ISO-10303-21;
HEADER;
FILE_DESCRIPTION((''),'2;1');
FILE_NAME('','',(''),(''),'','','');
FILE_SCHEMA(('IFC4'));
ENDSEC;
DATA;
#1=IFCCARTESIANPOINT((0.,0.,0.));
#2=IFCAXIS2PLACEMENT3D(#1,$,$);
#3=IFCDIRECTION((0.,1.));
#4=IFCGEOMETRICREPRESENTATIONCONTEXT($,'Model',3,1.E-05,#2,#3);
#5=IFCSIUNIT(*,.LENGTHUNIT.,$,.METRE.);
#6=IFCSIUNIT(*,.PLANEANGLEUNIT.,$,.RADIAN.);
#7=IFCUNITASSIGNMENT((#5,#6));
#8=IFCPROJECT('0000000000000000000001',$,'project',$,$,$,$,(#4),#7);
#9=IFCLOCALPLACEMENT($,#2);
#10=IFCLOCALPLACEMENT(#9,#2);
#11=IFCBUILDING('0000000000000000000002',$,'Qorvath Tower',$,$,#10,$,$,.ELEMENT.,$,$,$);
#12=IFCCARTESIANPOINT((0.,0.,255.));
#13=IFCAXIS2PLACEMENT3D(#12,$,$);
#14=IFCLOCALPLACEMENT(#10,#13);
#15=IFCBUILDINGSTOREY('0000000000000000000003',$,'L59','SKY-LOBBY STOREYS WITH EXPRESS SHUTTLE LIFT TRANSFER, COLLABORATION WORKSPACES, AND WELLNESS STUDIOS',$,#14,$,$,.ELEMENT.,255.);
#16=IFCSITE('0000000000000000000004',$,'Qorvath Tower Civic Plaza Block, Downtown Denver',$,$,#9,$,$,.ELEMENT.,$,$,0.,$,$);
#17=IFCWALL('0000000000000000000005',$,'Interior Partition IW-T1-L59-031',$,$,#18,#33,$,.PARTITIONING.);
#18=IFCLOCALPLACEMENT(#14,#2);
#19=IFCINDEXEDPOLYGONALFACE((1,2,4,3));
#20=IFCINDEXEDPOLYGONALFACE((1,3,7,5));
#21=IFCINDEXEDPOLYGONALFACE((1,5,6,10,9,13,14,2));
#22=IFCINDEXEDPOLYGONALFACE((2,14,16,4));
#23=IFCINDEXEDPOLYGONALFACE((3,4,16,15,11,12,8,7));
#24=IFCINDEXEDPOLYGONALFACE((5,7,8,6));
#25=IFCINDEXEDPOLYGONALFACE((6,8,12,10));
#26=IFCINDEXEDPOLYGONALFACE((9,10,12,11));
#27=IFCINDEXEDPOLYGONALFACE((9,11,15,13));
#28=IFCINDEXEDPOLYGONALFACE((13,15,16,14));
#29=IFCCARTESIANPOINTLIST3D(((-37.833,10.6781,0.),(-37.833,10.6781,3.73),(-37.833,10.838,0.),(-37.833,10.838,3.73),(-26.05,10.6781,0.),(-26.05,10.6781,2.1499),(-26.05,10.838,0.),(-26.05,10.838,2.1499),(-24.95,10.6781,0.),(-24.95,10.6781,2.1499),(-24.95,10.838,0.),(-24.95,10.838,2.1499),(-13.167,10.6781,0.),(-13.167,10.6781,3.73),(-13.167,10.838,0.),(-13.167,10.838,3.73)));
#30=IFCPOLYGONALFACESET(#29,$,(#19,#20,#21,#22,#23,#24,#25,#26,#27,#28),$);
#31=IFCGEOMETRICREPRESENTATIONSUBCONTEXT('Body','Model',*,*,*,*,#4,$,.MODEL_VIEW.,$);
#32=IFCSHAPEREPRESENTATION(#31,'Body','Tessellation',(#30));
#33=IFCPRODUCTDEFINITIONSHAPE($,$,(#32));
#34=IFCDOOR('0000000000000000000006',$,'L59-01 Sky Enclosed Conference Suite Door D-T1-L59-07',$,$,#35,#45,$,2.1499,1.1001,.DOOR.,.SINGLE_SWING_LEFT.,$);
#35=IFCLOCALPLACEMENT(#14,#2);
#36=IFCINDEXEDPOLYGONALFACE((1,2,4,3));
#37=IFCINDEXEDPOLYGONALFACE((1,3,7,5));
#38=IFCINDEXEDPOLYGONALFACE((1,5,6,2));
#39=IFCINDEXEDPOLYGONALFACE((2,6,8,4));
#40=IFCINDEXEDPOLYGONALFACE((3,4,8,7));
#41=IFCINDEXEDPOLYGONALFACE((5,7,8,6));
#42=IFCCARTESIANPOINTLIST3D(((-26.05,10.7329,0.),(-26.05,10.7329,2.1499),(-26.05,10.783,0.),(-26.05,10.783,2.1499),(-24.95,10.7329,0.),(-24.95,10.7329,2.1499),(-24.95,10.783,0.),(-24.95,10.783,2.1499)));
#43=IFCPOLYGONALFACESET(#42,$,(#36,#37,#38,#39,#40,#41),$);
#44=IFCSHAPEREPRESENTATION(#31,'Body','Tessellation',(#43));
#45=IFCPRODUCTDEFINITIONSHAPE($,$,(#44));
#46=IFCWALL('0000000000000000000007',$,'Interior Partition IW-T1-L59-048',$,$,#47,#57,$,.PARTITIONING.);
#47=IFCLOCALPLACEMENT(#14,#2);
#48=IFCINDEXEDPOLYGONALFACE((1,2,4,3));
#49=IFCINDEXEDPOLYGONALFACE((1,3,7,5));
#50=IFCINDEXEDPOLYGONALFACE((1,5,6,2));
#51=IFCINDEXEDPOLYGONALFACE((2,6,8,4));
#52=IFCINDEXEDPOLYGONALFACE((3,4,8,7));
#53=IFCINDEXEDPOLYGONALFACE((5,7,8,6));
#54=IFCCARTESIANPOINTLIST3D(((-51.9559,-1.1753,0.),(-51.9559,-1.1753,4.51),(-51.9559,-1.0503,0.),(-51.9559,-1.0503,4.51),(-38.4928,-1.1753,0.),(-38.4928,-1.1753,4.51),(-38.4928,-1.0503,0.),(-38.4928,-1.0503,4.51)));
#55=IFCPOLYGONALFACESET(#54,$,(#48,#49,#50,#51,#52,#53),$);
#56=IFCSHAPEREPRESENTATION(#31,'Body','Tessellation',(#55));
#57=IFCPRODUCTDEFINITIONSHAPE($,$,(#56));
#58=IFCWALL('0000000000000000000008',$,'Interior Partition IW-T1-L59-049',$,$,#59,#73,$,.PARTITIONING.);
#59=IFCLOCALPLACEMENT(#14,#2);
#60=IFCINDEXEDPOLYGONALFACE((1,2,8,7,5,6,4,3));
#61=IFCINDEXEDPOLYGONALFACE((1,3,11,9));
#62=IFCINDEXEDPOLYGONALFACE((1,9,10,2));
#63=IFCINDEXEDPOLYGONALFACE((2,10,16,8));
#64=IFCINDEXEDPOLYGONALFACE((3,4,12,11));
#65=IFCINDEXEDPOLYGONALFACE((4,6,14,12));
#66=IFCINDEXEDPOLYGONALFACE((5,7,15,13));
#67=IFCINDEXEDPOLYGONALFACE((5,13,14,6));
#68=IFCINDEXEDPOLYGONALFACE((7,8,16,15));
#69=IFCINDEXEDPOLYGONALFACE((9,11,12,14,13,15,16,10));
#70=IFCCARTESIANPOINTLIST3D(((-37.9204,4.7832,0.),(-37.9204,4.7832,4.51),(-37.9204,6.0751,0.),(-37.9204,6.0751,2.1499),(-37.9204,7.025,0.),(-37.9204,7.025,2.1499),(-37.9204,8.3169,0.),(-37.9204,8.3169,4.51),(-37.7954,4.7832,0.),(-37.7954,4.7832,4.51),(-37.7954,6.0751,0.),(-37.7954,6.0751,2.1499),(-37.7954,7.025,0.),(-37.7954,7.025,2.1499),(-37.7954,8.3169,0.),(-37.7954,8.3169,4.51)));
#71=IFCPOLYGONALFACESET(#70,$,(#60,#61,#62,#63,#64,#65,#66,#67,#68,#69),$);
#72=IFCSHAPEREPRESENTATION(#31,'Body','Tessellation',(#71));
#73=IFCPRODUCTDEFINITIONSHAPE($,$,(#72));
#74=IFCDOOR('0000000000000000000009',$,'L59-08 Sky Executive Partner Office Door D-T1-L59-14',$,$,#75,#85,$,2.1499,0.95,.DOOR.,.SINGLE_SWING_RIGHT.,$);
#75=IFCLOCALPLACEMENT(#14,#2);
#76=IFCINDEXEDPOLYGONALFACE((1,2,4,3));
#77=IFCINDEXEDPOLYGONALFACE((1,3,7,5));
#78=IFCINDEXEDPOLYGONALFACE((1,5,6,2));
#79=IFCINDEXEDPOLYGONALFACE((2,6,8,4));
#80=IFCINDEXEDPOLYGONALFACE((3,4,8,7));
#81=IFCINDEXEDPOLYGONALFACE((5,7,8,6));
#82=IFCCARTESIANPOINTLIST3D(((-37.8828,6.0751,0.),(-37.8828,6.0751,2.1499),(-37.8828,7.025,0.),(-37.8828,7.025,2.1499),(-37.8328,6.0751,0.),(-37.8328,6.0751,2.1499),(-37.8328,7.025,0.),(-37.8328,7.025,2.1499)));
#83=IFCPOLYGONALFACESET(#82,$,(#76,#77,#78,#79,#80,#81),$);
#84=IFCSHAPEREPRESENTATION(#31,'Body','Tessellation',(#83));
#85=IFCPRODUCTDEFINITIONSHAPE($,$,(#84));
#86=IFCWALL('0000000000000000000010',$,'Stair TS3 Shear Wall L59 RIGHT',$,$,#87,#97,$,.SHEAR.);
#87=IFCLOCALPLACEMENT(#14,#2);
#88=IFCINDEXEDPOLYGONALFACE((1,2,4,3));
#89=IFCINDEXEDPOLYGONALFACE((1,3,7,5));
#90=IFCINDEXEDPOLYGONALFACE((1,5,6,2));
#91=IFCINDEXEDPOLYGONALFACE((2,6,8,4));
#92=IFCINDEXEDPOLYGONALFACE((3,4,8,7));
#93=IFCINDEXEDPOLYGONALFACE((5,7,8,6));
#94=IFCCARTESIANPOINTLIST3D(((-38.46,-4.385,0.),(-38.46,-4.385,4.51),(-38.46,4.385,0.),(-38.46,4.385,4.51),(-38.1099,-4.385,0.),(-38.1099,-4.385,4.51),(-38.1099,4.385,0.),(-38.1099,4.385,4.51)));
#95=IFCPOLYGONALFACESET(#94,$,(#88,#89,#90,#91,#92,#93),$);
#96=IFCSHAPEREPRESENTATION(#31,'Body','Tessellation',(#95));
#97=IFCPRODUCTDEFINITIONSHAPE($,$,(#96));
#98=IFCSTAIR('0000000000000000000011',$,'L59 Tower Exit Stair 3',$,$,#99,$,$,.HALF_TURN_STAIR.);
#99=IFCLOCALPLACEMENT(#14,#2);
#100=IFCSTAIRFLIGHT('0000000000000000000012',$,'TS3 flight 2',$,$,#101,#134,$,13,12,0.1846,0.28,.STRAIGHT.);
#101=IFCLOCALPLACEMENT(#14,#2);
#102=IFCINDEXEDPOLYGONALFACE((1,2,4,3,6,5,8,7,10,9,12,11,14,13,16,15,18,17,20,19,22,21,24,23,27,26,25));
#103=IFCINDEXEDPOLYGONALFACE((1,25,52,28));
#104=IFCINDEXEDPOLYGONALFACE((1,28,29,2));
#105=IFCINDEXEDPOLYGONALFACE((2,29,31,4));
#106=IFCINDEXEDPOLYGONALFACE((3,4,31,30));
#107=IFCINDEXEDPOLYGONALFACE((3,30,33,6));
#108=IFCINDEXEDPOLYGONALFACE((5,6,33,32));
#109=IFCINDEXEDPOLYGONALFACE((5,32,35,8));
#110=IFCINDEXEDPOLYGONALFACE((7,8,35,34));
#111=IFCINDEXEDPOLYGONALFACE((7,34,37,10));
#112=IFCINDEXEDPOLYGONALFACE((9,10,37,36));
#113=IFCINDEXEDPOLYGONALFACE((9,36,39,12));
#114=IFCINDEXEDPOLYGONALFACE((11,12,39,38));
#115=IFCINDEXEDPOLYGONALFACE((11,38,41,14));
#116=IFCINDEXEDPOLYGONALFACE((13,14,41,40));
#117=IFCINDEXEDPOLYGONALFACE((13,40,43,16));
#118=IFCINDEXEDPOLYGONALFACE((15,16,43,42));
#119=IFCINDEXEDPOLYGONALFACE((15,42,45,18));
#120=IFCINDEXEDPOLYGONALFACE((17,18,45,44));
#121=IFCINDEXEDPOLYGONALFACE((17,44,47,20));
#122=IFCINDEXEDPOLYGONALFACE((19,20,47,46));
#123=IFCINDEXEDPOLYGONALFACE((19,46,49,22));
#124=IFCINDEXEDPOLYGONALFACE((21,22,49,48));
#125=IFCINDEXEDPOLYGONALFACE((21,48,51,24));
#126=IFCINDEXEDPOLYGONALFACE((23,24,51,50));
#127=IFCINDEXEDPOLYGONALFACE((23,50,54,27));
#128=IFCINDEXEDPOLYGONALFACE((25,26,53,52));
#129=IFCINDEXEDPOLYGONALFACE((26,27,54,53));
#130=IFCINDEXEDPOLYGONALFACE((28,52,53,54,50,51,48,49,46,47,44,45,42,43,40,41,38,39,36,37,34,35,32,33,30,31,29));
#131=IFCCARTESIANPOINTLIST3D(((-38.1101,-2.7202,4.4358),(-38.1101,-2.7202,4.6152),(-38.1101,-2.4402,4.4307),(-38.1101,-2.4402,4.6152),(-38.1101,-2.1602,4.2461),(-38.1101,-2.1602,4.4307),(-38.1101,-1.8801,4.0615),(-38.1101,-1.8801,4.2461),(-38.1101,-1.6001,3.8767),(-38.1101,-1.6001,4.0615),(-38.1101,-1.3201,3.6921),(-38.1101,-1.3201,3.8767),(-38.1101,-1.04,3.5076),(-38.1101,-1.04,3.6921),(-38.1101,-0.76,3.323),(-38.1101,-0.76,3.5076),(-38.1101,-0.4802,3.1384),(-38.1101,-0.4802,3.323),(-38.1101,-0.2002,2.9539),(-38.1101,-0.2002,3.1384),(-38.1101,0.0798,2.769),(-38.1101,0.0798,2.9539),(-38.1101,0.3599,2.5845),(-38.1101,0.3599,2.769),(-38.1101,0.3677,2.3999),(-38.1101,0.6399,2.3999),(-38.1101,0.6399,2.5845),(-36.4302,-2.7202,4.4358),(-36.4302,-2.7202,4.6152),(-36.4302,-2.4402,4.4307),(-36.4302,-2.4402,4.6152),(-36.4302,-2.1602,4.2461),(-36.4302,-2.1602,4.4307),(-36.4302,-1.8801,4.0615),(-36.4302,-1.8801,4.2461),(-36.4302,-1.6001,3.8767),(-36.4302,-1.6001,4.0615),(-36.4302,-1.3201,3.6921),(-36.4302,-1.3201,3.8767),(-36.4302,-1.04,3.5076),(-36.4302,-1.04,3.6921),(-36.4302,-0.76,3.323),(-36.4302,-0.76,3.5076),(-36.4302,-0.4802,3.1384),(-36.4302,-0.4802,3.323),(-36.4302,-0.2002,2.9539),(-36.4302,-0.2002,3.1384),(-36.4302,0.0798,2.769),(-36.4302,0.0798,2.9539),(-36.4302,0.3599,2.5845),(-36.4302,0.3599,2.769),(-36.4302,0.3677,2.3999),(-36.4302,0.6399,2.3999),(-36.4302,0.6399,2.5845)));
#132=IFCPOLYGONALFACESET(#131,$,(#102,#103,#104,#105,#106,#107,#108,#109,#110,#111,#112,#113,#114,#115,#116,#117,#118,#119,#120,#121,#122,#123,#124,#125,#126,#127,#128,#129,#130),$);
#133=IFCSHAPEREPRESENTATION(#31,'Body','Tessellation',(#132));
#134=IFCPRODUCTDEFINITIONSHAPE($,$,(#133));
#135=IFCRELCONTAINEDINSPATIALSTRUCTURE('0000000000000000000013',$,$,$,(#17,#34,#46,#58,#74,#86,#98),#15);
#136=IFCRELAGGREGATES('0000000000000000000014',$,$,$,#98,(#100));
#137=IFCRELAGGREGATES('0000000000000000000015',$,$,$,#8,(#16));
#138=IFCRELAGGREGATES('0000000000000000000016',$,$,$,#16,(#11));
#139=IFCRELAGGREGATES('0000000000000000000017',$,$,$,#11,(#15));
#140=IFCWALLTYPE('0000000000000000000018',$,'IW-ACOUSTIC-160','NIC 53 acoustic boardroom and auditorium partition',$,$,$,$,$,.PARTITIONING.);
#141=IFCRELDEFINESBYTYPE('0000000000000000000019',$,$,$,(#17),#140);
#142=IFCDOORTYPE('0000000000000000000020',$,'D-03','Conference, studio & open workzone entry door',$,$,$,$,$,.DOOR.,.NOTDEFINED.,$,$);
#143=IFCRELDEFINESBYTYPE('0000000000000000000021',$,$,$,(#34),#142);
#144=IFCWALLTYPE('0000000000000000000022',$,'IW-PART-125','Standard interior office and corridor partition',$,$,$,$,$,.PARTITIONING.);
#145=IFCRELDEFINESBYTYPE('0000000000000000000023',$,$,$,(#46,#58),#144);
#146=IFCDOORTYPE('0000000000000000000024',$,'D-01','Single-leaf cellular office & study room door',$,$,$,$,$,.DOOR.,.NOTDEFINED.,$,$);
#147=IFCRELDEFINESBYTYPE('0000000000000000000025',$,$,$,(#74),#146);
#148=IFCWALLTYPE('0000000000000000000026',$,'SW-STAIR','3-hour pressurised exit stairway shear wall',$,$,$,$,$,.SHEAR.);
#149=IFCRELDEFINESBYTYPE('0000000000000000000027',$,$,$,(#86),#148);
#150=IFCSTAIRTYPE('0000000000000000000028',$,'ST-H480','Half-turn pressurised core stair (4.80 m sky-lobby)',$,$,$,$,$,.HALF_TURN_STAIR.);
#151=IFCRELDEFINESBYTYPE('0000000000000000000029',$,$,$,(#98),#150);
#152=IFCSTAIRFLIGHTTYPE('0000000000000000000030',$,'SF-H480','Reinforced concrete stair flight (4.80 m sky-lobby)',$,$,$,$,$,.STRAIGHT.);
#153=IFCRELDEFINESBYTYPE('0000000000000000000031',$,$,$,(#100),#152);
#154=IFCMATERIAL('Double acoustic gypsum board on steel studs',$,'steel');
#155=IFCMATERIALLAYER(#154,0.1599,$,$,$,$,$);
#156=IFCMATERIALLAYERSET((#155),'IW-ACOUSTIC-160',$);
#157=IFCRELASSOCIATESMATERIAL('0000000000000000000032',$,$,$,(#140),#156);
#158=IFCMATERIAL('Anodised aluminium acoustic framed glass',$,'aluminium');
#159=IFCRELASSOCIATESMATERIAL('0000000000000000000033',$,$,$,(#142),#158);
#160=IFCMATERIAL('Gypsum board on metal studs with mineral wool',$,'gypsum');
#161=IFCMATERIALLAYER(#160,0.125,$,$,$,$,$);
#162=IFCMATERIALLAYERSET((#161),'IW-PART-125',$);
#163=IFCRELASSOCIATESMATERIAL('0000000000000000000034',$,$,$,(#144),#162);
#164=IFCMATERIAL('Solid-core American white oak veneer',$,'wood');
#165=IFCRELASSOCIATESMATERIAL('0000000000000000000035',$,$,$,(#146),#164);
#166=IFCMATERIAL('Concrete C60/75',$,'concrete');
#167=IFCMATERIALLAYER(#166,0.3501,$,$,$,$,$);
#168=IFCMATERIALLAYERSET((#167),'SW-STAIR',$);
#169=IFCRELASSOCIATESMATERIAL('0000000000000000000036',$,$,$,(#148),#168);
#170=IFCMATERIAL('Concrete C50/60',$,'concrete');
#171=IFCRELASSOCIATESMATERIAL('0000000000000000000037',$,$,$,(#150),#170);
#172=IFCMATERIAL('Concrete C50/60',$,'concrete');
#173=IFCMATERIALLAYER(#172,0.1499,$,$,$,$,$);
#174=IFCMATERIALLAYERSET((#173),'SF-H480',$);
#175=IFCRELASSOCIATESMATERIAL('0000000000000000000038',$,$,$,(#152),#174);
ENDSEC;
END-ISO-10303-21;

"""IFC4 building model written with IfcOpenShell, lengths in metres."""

from ifc_helpers import new_model, si_unit, direction, frame, frame_2d, origin, place, context, subcontext, project, spatial, polyline, rectangle, outline, extrude, material, layer, layer_set, type_object, element, fill, aggregate, save


model = new_model("IFC4")

# Units and contexts
model_context = context("Model", 3, precision=1e-05, world=origin(), true_north=direction((0.0, 1.0)))
body_context = subcontext(model_context, "Body", "Model", "MODEL_VIEW")
ifc_project = project(units=[si_unit("LENGTHUNIT", "METRE"), si_unit("PLANEANGLEUNIT", "RADIAN")], contexts=[model_context])

# Site, building, storey
site_placement = place(None, origin())
site = spatial("IfcSite", under=ifc_project, at=site_placement, Name="Qorvath Tower Civic Plaza Block, Downtown Denver", CompositionType="ELEMENT", RefElevation=0.0)
building_placement = place(site_placement, origin())
building = spatial("IfcBuilding", under=site, at=building_placement, Name="Qorvath Tower", CompositionType="ELEMENT")
storey_placement = place(building_placement, frame((0.0, 0.0, 255.0)))
storey = spatial("IfcBuildingStorey", under=building, at=storey_placement, Name="L59", Description="SKY-LOBBY STOREYS WITH EXPRESS SHUTTLE LIFT TRANSFER, COLLABORATION WORKSPACES, AND WELLNESS STUDIOS", CompositionType="ELEMENT", Elevation=255.0)

# Shared definitions
ifc_material_1 = material(Name="Double acoustic gypsum board on steel studs", Category="steel")
ifc_layer_1 = layer(ifc_material_1, 0.1599)
ifc_layer_set_1 = layer_set([ifc_layer_1], Name="IW-ACOUSTIC-160")
wall_type_1 = type_object("IfcWallType", Name="IW-ACOUSTIC-160", Description="NIC 53 acoustic boardroom and auditorium partition", PredefinedType="PARTITIONING", material=ifc_layer_set_1)

# Wall, opening, door
wall_1_placement = place(storey_placement, frame((-37.833, 10.7581, 0.0), z_axis=(0.0, 0.0, 1.0), x_axis=(1.0, 0.0, 0.0)))
wall_1 = element("IfcWall", 1, at=wall_1_placement, inside=storey, type_object=wall_type_1, Name="Interior Partition IW-T1-L59-031", PredefinedType="PARTITIONING", context=body_context, shape_type="SweptSolid", body=[
    extrude(rectangle(XDim=24.666, YDim=0.1599, at=frame_2d((12.333, 0.0))), origin(), (0.0, 0.0, 1.0), 3.73),
])
opening_1_placement = place(wall_1_placement, frame((11.783, 0.0, 0.0)))
opening_1 = element("IfcOpeningElement", 2, at=opening_1_placement, cuts=wall_1, PredefinedType="OPENING", context=body_context, shape_type="SweptSolid", body=[
    extrude(rectangle(XDim=1.1001, YDim=2.1499, at=frame_2d((0.55, 1.075))), frame((0.0, 0.0898, 0.0), z_axis=(0.0, -1.0, 0.0), x_axis=(1.0, 0.0, 0.0)), (0.0, 0.0, 1.0), 0.1799),
])
ifc_material_2 = material(Name="Anodised aluminium acoustic framed glass", Category="aluminium")
door_type_1 = type_object("IfcDoorType", Name="D-03", Description="Conference, studio & open workzone entry door", OperationType="NOTDEFINED", PredefinedType="DOOR", material=ifc_material_2)
door_1_placement = place(opening_1_placement, origin())
door_1 = element("IfcDoor", 3, at=door_1_placement, inside=storey, type_object=door_type_1, Name="L59-01 Sky Enclosed Conference Suite Door D-T1-L59-07", OperationType="SINGLE_SWING_LEFT", OverallHeight=2.1499, OverallWidth=1.1001, PredefinedType="DOOR", context=body_context, shape_type="SweptSolid", body=[
    extrude(rectangle(XDim=1.1001, YDim=2.1499, at=frame_2d((0.55, 1.075))), frame((0.0, 0.0249, 0.0), z_axis=(0.0, -1.0, 0.0), x_axis=(1.0, 0.0, 0.0)), (0.0, 0.0, 1.0), 0.05),
])
fill(opening_1, door_1)

# Wall
ifc_material_3 = material(Name="Gypsum board on metal studs with mineral wool", Category="gypsum")
ifc_layer_2 = layer(ifc_material_3, 0.125)
ifc_layer_set_2 = layer_set([ifc_layer_2], Name="IW-PART-125")
wall_type_2 = type_object("IfcWallType", Name="IW-PART-125", Description="Standard interior office and corridor partition", PredefinedType="PARTITIONING", material=ifc_layer_set_2)
wall_2_placement = place(storey_placement, frame((-38.4929, -1.1128, 0.0), z_axis=(0.0, 0.0, 1.0), x_axis=(-1.0, 0.0, 0.0)))
element("IfcWall", 4, at=wall_2_placement, inside=storey, type_object=wall_type_2, Name="Interior Partition IW-T1-L59-048", PredefinedType="PARTITIONING", context=body_context, shape_type="SweptSolid", body=[
    extrude(rectangle(XDim=13.4631, YDim=0.125, at=frame_2d((6.7314, 0.0))), origin(), (0.0, 0.0, 1.0), 4.51),
])

# Wall, opening, door
wall_3_placement = place(storey_placement, frame((-37.8579, 4.7832, 0.0), z_axis=(0.0, 0.0, 1.0), x_axis=(0.0, 1.0, 0.0)))
wall_3 = element("IfcWall", 5, at=wall_3_placement, inside=storey, type_object=wall_type_2, Name="Interior Partition IW-T1-L59-049", PredefinedType="PARTITIONING", context=body_context, shape_type="SweptSolid", body=[
    extrude(rectangle(XDim=3.5337, YDim=0.125, at=frame_2d((1.7668, 0.0))), origin(), (0.0, 0.0, 1.0), 4.51),
])
opening_2_placement = place(wall_3_placement, frame((1.2917, 0.0, 0.0)))
opening_2 = element("IfcOpeningElement", 6, at=opening_2_placement, cuts=wall_3, PredefinedType="OPENING", context=body_context, shape_type="SweptSolid", body=[
    extrude(rectangle(XDim=0.95, YDim=2.1499, at=frame_2d((0.4751, 1.075))), frame((0.0, 0.0725, 0.0), z_axis=(0.0, -1.0, 0.0), x_axis=(1.0, 0.0, 0.0)), (0.0, 0.0, 1.0), 0.145),
])
ifc_material_4 = material(Name="Solid-core American white oak veneer", Category="wood")
door_type_2 = type_object("IfcDoorType", Name="D-01", Description="Single-leaf cellular office & study room door", OperationType="NOTDEFINED", PredefinedType="DOOR", material=ifc_material_4)
door_2_placement = place(opening_2_placement, origin())
door_2 = element("IfcDoor", 7, at=door_2_placement, inside=storey, type_object=door_type_2, Name="L59-08 Sky Executive Partner Office Door D-T1-L59-14", OperationType="SINGLE_SWING_RIGHT", OverallHeight=2.1499, OverallWidth=0.95, PredefinedType="DOOR", context=body_context, shape_type="SweptSolid", body=[
    extrude(rectangle(XDim=0.95, YDim=2.1499, at=frame_2d((0.4751, 1.075))), frame((0.0, 0.0249, 0.0), z_axis=(0.0, -1.0, 0.0), x_axis=(1.0, 0.0, 0.0)), (0.0, 0.0, 1.0), 0.05),
])
fill(opening_2, door_2)

# Wall
ifc_material_5 = material(Name="Concrete C60/75", Category="concrete")
ifc_layer_3 = layer(ifc_material_5, 0.3501)
ifc_layer_set_3 = layer_set([ifc_layer_3], Name="SW-STAIR")
wall_type_3 = type_object("IfcWallType", Name="SW-STAIR", Description="3-hour pressurised exit stairway shear wall", PredefinedType="SHEAR", material=ifc_layer_set_3)
wall_4_placement = place(storey_placement, frame((-38.2849, 4.385, 0.0), z_axis=(0.0, 0.0, 1.0), x_axis=(0.0, -1.0, 0.0)))
element("IfcWall", 8, at=wall_4_placement, inside=storey, type_object=wall_type_3, Name="Stair TS3 Shear Wall L59 RIGHT", PredefinedType="SHEAR", context=body_context, shape_type="SweptSolid", body=[
    extrude(rectangle(XDim=8.77, YDim=0.3501, at=frame_2d((4.385, 0.0))), origin(), (0.0, 0.0, 1.0), 4.51),
])

# Stair, stair flight
ifc_material_6 = material(Name="Concrete C50/60", Category="concrete")
stair_type = type_object("IfcStairType", Name="ST-H480", Description="Half-turn pressurised core stair (4.80 m sky-lobby)", PredefinedType="HALF_TURN_STAIR", material=ifc_material_6)
stair_placement = place(storey_placement, origin())
stair = element("IfcStair", 9, at=stair_placement, inside=storey, type_object=stair_type, Name="L59 Tower Exit Stair 3", PredefinedType="HALF_TURN_STAIR")
ifc_material_7 = material(Name="Concrete C50/60", Category="concrete")
ifc_layer_4 = layer(ifc_material_7, 0.1499)
ifc_layer_set_4 = layer_set([ifc_layer_4], Name="SF-H480")
stair_flight_type = type_object("IfcStairFlightType", Name="SF-H480", Description="Reinforced concrete stair flight (4.80 m sky-lobby)", PredefinedType="STRAIGHT", material=ifc_layer_set_4)
stair_flight_placement = place(storey_placement, frame((-37.27, 0.6399, 2.3999), z_axis=(0.0, 0.0, 1.0), x_axis=(0.0, -1.0, 0.0)))
stair_flight = element("IfcStairFlight", 10, at=stair_flight_placement, type_object=stair_flight_type, Name="TS3 flight 2", NumberOfRisers=13, NumberOfTreads=12, PredefinedType="STRAIGHT", RiserHeight=0.1846, TreadLength=0.28, context=body_context, shape_type="SweptSolid", body=[
    extrude(outline(polyline([(0.0, 0.0), (0.0, 0.1846), (0.28, 0.1846), (0.28, 0.3691), (0.5601, 0.3691), (0.5601, 0.554), (0.8401, 0.554), (0.8401, 0.7385), (1.1201, 0.7385), (1.1201, 0.9231), (1.3999, 0.9231), (1.3999, 1.1077), (1.6799, 1.1077), (1.6799, 1.2922), (1.96, 1.2922), (1.96, 1.4768), (2.24, 1.4768), (2.24, 1.6616), (2.52, 1.6616), (2.52, 1.8462), (2.8, 1.8462), (2.8, 2.0308), (3.0801, 2.0308), (3.0801, 2.2153), (3.3601, 2.2153), (3.3601, 2.3999), (3.3601, 2.0359), (0.2722, 0.0), (0.0, 0.0)])), frame((0.0, 0.8398, 0.0), z_axis=(0.0, -1.0, 0.0), x_axis=(1.0, 0.0, 0.0)), (0.0, 0.0, 1.0), 1.6799),
])
aggregate(stair, [stair_flight])

save(model, "model.ifc")
